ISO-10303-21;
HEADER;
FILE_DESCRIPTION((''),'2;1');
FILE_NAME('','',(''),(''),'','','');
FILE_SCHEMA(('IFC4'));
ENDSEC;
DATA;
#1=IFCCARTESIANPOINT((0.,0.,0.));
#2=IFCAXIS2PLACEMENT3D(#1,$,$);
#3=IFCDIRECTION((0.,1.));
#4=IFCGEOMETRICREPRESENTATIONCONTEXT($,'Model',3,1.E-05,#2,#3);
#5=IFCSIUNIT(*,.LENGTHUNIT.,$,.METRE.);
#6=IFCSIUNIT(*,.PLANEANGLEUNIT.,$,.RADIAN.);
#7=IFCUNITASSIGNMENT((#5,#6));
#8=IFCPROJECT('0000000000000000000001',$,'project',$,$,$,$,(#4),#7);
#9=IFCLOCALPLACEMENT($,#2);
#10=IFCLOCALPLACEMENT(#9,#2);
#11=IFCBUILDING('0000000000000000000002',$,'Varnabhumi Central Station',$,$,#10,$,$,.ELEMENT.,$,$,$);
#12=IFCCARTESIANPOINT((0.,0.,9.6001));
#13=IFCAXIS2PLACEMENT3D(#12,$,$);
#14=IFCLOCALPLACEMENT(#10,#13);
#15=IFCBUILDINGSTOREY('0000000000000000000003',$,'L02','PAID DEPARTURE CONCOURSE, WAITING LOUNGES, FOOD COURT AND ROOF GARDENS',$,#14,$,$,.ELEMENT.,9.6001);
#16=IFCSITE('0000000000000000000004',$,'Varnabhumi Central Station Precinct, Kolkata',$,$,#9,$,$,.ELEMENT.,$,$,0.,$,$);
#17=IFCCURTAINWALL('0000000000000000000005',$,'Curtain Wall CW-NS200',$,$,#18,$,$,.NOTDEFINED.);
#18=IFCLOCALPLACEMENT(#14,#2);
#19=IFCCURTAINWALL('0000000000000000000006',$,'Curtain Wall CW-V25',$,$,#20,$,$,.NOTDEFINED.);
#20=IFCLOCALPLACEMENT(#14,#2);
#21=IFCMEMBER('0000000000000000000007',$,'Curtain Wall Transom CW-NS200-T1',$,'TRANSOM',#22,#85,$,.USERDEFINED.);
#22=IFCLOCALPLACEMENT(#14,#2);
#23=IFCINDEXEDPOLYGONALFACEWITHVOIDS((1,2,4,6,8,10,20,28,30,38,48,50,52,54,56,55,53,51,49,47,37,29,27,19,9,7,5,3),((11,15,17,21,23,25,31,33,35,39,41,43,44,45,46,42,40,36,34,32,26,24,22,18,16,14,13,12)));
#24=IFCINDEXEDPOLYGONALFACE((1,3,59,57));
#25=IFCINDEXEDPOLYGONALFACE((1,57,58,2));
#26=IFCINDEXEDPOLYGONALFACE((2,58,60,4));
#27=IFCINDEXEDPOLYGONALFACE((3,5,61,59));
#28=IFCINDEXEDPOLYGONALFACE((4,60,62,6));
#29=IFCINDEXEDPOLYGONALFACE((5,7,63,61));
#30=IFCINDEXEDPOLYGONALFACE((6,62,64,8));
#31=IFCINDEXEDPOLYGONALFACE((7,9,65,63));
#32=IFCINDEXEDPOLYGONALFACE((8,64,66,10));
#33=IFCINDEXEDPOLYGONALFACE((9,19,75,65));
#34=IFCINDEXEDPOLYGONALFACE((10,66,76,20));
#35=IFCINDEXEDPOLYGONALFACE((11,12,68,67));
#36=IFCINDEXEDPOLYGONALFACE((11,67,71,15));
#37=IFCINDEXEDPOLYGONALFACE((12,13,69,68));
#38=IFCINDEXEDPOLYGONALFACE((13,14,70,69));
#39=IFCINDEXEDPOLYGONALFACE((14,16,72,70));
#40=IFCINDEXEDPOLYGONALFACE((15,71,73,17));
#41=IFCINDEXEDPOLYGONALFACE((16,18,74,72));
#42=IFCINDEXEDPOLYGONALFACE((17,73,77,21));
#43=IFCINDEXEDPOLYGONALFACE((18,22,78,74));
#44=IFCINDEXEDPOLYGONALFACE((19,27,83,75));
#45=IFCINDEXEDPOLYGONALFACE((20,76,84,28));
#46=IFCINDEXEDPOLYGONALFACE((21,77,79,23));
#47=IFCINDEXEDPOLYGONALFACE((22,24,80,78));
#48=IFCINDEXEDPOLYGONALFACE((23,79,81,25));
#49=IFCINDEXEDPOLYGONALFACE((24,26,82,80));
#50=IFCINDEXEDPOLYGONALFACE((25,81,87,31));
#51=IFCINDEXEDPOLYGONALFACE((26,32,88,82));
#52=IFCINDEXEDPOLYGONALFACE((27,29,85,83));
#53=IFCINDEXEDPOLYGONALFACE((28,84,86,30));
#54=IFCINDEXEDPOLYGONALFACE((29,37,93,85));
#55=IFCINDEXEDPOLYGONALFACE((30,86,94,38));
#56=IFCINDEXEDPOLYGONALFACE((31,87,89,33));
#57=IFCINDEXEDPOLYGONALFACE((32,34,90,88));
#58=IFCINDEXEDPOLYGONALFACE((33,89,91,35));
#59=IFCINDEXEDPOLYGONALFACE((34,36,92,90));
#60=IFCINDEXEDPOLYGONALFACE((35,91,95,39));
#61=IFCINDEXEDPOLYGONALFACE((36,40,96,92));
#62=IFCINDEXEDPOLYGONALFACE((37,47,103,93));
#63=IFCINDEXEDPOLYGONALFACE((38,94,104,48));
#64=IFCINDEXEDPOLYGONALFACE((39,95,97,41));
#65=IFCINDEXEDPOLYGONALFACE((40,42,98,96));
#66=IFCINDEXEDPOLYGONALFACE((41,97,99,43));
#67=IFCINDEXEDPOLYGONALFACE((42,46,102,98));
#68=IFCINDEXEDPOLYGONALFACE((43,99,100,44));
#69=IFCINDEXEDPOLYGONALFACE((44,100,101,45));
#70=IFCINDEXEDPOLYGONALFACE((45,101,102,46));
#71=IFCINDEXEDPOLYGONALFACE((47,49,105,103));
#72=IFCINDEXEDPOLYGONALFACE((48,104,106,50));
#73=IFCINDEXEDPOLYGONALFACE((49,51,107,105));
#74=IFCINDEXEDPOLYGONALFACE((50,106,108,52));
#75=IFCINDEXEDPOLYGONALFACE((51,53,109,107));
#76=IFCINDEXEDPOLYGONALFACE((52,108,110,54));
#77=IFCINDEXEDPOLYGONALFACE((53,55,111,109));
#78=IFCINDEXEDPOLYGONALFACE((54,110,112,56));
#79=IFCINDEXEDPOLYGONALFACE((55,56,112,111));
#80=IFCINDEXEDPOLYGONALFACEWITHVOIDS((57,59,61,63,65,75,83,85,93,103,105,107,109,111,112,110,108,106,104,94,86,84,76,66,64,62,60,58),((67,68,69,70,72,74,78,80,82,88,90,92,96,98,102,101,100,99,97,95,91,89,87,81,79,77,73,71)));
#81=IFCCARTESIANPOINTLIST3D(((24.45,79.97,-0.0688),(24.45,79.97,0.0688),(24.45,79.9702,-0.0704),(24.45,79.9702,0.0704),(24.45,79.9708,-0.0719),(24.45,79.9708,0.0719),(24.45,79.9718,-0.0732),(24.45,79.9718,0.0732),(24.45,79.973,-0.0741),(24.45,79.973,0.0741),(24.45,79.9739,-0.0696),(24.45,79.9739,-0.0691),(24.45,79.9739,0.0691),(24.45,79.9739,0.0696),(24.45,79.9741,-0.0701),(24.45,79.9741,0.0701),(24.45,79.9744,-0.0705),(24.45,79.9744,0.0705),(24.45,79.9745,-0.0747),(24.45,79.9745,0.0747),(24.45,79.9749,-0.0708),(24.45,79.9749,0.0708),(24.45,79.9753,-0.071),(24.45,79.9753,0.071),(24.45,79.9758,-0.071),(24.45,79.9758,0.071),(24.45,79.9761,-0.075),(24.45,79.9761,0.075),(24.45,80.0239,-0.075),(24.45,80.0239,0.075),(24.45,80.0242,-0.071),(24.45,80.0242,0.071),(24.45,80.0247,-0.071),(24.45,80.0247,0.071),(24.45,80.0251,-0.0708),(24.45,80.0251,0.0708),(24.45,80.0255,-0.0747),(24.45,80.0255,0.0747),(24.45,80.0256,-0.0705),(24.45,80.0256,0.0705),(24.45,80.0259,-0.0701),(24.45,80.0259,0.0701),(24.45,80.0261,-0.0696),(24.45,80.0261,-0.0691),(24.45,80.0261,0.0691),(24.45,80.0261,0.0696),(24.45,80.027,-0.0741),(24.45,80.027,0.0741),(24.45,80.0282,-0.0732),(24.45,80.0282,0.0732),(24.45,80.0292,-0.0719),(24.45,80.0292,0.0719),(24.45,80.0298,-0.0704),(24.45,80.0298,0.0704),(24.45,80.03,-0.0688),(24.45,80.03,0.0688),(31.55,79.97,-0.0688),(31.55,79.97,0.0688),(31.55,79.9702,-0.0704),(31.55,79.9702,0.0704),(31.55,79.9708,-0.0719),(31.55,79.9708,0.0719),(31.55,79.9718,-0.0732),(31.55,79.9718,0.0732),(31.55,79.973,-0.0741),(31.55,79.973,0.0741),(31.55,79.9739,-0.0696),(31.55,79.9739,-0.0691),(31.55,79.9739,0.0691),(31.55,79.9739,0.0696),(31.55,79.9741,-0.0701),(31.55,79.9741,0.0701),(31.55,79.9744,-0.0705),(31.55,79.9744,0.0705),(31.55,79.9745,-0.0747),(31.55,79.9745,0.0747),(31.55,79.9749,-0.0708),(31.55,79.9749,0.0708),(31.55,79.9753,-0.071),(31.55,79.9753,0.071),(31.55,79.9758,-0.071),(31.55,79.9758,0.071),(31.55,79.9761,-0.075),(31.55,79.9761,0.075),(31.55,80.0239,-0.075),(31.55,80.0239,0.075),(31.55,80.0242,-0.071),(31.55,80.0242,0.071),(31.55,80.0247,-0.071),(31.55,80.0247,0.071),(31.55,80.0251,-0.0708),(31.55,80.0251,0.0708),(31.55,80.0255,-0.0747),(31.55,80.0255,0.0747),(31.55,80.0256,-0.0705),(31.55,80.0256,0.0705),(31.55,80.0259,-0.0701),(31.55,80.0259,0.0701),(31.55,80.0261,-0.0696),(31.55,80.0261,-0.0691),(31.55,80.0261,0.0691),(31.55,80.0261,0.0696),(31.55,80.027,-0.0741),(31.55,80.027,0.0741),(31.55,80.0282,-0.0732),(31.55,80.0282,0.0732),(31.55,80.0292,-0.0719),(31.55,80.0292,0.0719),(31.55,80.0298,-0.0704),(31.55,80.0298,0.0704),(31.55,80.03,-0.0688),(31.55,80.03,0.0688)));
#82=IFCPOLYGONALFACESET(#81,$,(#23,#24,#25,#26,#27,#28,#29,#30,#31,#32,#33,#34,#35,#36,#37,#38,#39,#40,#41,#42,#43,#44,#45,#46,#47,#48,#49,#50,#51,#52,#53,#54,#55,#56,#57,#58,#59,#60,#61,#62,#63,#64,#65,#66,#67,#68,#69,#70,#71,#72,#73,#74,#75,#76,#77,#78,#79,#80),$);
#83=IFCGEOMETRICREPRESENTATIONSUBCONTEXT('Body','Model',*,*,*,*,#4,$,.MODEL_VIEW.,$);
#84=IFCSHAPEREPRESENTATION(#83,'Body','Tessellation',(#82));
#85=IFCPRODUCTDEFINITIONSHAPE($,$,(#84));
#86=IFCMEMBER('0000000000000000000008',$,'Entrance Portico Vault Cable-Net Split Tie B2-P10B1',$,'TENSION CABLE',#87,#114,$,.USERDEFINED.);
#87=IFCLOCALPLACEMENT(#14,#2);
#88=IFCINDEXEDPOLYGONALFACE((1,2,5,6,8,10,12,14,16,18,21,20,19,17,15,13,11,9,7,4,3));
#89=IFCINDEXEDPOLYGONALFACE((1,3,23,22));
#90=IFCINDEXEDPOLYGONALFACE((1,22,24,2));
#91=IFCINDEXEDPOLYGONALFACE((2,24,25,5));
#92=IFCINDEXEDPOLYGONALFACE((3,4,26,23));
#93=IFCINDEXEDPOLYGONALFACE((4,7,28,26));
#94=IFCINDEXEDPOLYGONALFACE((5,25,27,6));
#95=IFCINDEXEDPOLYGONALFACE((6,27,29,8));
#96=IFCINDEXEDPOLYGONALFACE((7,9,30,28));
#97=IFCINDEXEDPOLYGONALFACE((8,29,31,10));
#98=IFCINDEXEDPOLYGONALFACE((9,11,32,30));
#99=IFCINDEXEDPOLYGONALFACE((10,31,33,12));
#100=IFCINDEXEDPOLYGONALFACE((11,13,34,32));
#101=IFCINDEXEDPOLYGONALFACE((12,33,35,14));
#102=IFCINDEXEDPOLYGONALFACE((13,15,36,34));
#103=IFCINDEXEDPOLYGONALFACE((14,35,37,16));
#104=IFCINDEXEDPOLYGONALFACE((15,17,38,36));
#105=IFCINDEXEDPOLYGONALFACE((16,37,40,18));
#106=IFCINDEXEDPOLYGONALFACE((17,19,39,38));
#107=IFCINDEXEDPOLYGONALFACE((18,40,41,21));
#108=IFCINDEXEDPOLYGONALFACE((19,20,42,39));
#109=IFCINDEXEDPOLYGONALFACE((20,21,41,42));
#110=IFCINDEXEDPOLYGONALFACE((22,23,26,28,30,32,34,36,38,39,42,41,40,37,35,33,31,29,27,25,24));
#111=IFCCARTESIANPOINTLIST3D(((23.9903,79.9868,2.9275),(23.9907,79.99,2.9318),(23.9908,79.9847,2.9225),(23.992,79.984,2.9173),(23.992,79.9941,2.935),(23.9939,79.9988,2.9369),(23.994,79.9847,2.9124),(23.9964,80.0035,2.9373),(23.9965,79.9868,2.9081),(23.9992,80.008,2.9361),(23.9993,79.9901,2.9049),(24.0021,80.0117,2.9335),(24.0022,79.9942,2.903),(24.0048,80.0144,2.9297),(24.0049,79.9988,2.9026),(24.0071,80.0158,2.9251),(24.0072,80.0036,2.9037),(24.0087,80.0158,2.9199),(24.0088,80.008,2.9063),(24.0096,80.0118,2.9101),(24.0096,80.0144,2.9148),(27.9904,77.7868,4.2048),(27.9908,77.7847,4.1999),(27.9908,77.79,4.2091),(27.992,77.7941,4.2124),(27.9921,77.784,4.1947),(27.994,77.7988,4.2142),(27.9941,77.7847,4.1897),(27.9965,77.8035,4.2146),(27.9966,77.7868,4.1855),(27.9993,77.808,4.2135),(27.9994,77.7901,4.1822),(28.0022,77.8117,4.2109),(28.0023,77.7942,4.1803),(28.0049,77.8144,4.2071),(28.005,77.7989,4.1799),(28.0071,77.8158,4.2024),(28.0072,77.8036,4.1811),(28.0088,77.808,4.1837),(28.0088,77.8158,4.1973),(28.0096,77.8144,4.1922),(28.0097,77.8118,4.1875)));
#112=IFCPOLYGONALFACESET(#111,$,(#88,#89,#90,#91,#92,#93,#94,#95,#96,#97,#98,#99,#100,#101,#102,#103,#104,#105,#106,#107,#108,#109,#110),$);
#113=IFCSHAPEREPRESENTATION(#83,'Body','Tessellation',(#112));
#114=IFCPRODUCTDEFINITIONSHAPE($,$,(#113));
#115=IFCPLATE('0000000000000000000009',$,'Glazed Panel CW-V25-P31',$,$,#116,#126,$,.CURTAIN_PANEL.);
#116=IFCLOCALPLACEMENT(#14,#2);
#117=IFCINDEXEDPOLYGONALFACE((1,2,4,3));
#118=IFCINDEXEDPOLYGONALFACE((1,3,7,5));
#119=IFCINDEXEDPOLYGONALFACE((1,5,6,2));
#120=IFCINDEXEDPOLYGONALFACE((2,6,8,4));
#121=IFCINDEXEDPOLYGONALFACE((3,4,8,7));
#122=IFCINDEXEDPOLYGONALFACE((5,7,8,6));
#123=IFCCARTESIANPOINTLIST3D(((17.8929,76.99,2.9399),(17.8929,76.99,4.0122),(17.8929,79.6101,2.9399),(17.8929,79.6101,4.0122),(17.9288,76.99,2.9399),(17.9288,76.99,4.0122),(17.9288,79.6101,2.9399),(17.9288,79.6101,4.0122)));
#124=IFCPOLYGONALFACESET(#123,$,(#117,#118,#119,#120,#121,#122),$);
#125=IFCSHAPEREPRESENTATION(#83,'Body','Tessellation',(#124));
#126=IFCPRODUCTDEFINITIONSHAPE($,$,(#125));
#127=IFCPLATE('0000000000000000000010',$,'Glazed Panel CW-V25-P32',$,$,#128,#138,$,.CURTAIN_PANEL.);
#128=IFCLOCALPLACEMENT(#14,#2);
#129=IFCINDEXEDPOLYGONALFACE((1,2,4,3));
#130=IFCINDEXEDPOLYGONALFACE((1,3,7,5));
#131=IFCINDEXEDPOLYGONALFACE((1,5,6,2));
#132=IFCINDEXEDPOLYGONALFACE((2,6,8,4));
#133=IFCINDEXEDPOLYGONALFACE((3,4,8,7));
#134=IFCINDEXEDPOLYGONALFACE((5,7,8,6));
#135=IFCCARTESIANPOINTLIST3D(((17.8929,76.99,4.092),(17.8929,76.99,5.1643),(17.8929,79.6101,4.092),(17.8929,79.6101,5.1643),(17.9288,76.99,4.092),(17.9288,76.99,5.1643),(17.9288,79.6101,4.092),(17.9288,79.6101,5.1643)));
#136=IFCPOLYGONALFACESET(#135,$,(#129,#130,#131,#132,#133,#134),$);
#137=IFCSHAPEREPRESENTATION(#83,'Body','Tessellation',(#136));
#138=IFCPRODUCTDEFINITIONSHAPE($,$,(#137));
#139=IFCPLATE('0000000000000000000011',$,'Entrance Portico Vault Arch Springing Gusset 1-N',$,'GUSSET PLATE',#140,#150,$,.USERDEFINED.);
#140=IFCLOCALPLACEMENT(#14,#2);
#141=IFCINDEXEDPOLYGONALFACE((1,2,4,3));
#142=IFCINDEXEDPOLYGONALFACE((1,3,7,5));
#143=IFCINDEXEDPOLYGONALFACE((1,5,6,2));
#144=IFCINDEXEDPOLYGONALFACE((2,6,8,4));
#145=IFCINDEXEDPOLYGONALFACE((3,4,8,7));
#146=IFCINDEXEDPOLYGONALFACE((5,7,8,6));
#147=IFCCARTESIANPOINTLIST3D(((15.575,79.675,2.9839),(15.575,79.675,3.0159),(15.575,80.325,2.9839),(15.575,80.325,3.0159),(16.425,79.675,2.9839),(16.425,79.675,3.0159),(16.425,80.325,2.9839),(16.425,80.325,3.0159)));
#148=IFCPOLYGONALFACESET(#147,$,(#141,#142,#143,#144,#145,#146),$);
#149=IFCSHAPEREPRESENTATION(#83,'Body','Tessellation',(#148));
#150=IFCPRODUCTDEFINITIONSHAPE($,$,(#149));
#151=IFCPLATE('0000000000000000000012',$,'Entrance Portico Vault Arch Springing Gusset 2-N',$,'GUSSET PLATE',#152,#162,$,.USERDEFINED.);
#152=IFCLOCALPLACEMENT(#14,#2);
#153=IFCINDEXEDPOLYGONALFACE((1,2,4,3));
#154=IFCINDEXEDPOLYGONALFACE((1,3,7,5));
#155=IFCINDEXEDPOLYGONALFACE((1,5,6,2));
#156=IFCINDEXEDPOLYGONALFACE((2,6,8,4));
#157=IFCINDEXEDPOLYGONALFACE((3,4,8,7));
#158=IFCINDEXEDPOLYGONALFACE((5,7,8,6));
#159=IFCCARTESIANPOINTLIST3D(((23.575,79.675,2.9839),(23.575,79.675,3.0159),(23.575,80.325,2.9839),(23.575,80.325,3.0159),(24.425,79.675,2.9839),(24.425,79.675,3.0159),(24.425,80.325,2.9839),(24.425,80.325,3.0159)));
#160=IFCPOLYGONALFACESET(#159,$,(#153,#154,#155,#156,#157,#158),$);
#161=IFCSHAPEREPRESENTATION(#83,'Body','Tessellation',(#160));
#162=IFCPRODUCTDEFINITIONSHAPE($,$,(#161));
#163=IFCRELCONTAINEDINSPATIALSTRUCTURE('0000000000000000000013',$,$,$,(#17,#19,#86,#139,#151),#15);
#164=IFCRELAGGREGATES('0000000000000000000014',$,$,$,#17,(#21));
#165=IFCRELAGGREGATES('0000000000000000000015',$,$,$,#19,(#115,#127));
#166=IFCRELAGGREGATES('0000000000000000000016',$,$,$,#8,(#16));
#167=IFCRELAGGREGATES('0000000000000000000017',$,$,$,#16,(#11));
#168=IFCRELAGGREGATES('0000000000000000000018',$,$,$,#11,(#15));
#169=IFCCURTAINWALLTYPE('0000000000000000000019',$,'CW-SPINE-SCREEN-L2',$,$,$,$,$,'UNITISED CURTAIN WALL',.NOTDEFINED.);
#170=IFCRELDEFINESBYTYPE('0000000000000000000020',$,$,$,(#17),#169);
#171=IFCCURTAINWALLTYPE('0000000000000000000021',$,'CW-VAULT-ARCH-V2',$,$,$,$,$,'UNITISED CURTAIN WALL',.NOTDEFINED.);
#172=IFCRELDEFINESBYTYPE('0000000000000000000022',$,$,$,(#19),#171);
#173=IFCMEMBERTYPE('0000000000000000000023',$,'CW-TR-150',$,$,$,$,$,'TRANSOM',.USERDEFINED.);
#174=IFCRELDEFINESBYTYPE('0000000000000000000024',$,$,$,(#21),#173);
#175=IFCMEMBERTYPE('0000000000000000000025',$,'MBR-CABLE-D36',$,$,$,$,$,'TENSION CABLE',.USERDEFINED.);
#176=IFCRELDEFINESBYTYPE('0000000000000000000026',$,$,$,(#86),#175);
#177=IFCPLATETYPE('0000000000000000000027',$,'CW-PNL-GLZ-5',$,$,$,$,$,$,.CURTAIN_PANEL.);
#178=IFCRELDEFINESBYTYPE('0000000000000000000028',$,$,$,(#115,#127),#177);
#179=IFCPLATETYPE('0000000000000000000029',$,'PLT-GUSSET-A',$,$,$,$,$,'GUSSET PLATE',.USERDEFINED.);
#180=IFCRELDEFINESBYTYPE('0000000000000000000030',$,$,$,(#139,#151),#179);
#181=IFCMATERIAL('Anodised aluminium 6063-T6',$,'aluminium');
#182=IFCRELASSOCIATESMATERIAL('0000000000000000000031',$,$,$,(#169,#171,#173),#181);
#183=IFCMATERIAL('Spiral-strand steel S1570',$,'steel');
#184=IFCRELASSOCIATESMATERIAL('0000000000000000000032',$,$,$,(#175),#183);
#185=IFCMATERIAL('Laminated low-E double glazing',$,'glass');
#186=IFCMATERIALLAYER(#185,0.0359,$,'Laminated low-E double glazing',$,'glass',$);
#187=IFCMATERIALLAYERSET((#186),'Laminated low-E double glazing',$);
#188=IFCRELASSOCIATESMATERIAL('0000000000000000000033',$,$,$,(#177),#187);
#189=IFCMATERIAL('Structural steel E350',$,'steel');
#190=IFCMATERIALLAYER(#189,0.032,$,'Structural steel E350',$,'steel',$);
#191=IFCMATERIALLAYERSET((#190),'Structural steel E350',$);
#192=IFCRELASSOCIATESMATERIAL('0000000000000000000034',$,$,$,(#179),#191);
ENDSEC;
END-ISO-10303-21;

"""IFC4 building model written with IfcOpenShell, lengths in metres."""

from ifc_helpers import new_model, si_unit, direction, frame, origin, origin_2d, place, context, subcontext, project, spatial, rectangle, hollow_rectangle, circle, extrude, material, layer, layer_set, material_profile, profile_set, type_object, element, aggregate, save


model = new_model("IFC4")

# Units and contexts
model_context = context("Model", 3, precision=1e-05, world=origin(), true_north=direction((0.0, 1.0)))
body_context = subcontext(model_context, "Body", "Model", "MODEL_VIEW")
ifc_project = project(units=[si_unit("LENGTHUNIT", "METRE"), si_unit("PLANEANGLEUNIT", "RADIAN")], contexts=[model_context])

# Site, building, storey
site_placement = place(None, origin())
site = spatial("IfcSite", under=ifc_project, at=site_placement, Name="Varnabhumi Central Station Precinct, Kolkata", CompositionType="ELEMENT", RefElevation=0.0)
building_placement = place(site_placement, origin())
building = spatial("IfcBuilding", under=site, at=building_placement, Name="Varnabhumi Central Station", CompositionType="ELEMENT")
storey_placement = place(building_placement, frame((0.0, 0.0, 9.6001)))
storey = spatial("IfcBuildingStorey", under=building, at=storey_placement, Name="L02", Description="PAID DEPARTURE CONCOURSE, WAITING LOUNGES, FOOD COURT AND ROOF GARDENS", CompositionType="ELEMENT", Elevation=9.6001)

# Shared definitions
ifc_material_1 = material(Name="Structural steel E350", Category="steel")

# Curtain wall
ifc_material_2 = material(Name="Anodised aluminium 6063-T6", Category="aluminium")
curtain_wall_type_1 = type_object("IfcCurtainWallType", Name="CW-SPINE-SCREEN-L2", ElementType="UNITISED CURTAIN WALL", PredefinedType="NOTDEFINED", material=ifc_material_2)
curtain_wall_1_placement = place(storey_placement, origin())
curtain_wall_1 = element("IfcCurtainWall", 1, at=curtain_wall_1_placement, inside=storey, type_object=curtain_wall_type_1, Name="Curtain Wall CW-NS200", PredefinedType="NOTDEFINED")

# Curtain wall
curtain_wall_type_2 = type_object("IfcCurtainWallType", Name="CW-VAULT-ARCH-V2", ElementType="UNITISED CURTAIN WALL", PredefinedType="NOTDEFINED", material=ifc_material_2)
curtain_wall_2_placement = place(storey_placement, origin())
curtain_wall_2 = element("IfcCurtainWall", 2, at=curtain_wall_2_placement, inside=storey, type_object=curtain_wall_type_2, Name="Curtain Wall CW-V25", PredefinedType="NOTDEFINED")

# Members
ifc_material_profile_1 = material_profile(ifc_material_2, hollow_rectangle(XDim=0.0601, YDim=0.1499, WallThickness=0.0039, InnerFilletRadius=0.002, OuterFilletRadius=0.0061, at=origin_2d()), Name="Anodised aluminium 6063-T6", Category="aluminium")
ifc_profile_set_1 = profile_set([ifc_material_profile_1], Name="Anodised aluminium 6063-T6")
member_type_1 = type_object("IfcMemberType", Name="CW-TR-150", ElementType="TRANSOM", PredefinedType="USERDEFINED", material=ifc_profile_set_1)
member_1_placement = place(storey_placement, frame((24.45, 80.0, 0.0), z_axis=(1.0, 0.0, 0.0), x_axis=(0.0, 1.0, 0.0)))
member_1 = element("IfcMember", 3, at=member_1_placement, type_object=member_type_1, Name="Curtain Wall Transom CW-NS200-T1", ObjectType="TRANSOM", PredefinedType="USERDEFINED", context=body_context, shape_type="SweptSolid", body=[
    extrude(hollow_rectangle(XDim=0.0601, YDim=0.1499, WallThickness=0.0039, InnerFilletRadius=0.002, OuterFilletRadius=0.0061, at=origin_2d()), origin(), (0.0, 0.0, 1.0), 7.1001),
])
aggregate(curtain_wall_1, [member_1])
ifc_material_3 = material(Name="Spiral-strand steel S1570", Category="steel")
ifc_material_profile_2 = material_profile(ifc_material_3, circle(Radius=0.0181, at=origin_2d()), Name="Spiral-strand steel S1570", Category="steel")
ifc_profile_set_2 = profile_set([ifc_material_profile_2], Name="Spiral-strand steel S1570")
member_type_2 = type_object("IfcMemberType", Name="MBR-CABLE-D36", ElementType="TENSION CABLE", PredefinedType="USERDEFINED", material=ifc_profile_set_2)
member_2_placement = place(storey_placement, frame((24.0, 80.0, 2.9199), z_axis=(0.843811, -0.464086, 0.269459), x_axis=(0.481911, 0.87622, 0.0)))
element("IfcMember", 4, at=member_2_placement, inside=storey, type_object=member_type_2, Name="Entrance Portico Vault Cable-Net Split Tie B2-P10B1", ObjectType="TENSION CABLE", PredefinedType="USERDEFINED", context=body_context, shape_type="SweptSolid", body=[
    extrude(circle(Radius=0.0181, at=origin_2d()), origin(), (0.0, 0.0, 1.0), 4.7405),
])

# Plates
ifc_material_4 = material(Name="Laminated low-E double glazing", Category="glass")
ifc_layer_1 = layer(ifc_material_4, 0.0359, Name="Laminated low-E double glazing", Category="glass")
ifc_layer_set_1 = layer_set([ifc_layer_1], Name="Laminated low-E double glazing")
plate_type_1 = type_object("IfcPlateType", Name="CW-PNL-GLZ-5", PredefinedType="CURTAIN_PANEL", material=ifc_layer_set_1)
plate_1_placement = place(storey_placement, frame((17.9109, 78.3, 2.9399), z_axis=(0.0, 0.0, 1.0), x_axis=(0.0, 1.0, 0.0)))
plate_1 = element("IfcPlate", 5, at=plate_1_placement, type_object=plate_type_1, Name="Glazed Panel CW-V25-P31", PredefinedType="CURTAIN_PANEL", context=body_context, shape_type="SweptSolid", body=[
    extrude(rectangle(XDim=2.6201, YDim=0.0359, at=origin_2d()), origin(), (0.0, 0.0, 1.0), 1.0723),
])
plate_2_placement = place(storey_placement, frame((17.9109, 78.3, 4.092), z_axis=(0.0, 0.0, 1.0), x_axis=(0.0, 1.0, 0.0)))
plate_2 = element("IfcPlate", 6, at=plate_2_placement, type_object=plate_type_1, Name="Glazed Panel CW-V25-P32", PredefinedType="CURTAIN_PANEL", context=body_context, shape_type="SweptSolid", body=[
    extrude(rectangle(XDim=2.6201, YDim=0.0359, at=origin_2d()), origin(), (0.0, 0.0, 1.0), 1.0723),
])
aggregate(curtain_wall_2, [plate_1, plate_2])

# Plates
ifc_layer_2 = layer(ifc_material_1, 0.032, Name="Structural steel E350", Category="steel")
ifc_layer_set_2 = layer_set([ifc_layer_2], Name="Structural steel E350")
plate_type_2 = type_object("IfcPlateType", Name="PLT-GUSSET-A", ElementType="GUSSET PLATE", PredefinedType="USERDEFINED", material=ifc_layer_set_2)
for number, where, z_axis, x_axis, name in (
    (7, (16.0, 80.0, 2.9839), (0.0, 0.0, 1.0), (1.0, 0.0, 0.0), "Entrance Portico Vault Arch Springing Gusset 1-N"),
    (8, (24.0, 80.0, 2.9839), (0.0, 0.0, 1.0), (1.0, 0.0, 0.0), "Entrance Portico Vault Arch Springing Gusset 2-N"),
):
    element("IfcPlate", number, at=place(storey_placement, frame(where, z_axis=z_axis, x_axis=x_axis)), inside=storey, type_object=plate_type_2, Name=name, ObjectType="GUSSET PLATE", PredefinedType="USERDEFINED", context=body_context, shape_type="SweptSolid", body=[
        extrude(rectangle(XDim=0.8501, YDim=0.6499, at=origin_2d()), origin(), (0.0, 0.0, 1.0), 0.032),
    ])

save(model, "model.ifc")
